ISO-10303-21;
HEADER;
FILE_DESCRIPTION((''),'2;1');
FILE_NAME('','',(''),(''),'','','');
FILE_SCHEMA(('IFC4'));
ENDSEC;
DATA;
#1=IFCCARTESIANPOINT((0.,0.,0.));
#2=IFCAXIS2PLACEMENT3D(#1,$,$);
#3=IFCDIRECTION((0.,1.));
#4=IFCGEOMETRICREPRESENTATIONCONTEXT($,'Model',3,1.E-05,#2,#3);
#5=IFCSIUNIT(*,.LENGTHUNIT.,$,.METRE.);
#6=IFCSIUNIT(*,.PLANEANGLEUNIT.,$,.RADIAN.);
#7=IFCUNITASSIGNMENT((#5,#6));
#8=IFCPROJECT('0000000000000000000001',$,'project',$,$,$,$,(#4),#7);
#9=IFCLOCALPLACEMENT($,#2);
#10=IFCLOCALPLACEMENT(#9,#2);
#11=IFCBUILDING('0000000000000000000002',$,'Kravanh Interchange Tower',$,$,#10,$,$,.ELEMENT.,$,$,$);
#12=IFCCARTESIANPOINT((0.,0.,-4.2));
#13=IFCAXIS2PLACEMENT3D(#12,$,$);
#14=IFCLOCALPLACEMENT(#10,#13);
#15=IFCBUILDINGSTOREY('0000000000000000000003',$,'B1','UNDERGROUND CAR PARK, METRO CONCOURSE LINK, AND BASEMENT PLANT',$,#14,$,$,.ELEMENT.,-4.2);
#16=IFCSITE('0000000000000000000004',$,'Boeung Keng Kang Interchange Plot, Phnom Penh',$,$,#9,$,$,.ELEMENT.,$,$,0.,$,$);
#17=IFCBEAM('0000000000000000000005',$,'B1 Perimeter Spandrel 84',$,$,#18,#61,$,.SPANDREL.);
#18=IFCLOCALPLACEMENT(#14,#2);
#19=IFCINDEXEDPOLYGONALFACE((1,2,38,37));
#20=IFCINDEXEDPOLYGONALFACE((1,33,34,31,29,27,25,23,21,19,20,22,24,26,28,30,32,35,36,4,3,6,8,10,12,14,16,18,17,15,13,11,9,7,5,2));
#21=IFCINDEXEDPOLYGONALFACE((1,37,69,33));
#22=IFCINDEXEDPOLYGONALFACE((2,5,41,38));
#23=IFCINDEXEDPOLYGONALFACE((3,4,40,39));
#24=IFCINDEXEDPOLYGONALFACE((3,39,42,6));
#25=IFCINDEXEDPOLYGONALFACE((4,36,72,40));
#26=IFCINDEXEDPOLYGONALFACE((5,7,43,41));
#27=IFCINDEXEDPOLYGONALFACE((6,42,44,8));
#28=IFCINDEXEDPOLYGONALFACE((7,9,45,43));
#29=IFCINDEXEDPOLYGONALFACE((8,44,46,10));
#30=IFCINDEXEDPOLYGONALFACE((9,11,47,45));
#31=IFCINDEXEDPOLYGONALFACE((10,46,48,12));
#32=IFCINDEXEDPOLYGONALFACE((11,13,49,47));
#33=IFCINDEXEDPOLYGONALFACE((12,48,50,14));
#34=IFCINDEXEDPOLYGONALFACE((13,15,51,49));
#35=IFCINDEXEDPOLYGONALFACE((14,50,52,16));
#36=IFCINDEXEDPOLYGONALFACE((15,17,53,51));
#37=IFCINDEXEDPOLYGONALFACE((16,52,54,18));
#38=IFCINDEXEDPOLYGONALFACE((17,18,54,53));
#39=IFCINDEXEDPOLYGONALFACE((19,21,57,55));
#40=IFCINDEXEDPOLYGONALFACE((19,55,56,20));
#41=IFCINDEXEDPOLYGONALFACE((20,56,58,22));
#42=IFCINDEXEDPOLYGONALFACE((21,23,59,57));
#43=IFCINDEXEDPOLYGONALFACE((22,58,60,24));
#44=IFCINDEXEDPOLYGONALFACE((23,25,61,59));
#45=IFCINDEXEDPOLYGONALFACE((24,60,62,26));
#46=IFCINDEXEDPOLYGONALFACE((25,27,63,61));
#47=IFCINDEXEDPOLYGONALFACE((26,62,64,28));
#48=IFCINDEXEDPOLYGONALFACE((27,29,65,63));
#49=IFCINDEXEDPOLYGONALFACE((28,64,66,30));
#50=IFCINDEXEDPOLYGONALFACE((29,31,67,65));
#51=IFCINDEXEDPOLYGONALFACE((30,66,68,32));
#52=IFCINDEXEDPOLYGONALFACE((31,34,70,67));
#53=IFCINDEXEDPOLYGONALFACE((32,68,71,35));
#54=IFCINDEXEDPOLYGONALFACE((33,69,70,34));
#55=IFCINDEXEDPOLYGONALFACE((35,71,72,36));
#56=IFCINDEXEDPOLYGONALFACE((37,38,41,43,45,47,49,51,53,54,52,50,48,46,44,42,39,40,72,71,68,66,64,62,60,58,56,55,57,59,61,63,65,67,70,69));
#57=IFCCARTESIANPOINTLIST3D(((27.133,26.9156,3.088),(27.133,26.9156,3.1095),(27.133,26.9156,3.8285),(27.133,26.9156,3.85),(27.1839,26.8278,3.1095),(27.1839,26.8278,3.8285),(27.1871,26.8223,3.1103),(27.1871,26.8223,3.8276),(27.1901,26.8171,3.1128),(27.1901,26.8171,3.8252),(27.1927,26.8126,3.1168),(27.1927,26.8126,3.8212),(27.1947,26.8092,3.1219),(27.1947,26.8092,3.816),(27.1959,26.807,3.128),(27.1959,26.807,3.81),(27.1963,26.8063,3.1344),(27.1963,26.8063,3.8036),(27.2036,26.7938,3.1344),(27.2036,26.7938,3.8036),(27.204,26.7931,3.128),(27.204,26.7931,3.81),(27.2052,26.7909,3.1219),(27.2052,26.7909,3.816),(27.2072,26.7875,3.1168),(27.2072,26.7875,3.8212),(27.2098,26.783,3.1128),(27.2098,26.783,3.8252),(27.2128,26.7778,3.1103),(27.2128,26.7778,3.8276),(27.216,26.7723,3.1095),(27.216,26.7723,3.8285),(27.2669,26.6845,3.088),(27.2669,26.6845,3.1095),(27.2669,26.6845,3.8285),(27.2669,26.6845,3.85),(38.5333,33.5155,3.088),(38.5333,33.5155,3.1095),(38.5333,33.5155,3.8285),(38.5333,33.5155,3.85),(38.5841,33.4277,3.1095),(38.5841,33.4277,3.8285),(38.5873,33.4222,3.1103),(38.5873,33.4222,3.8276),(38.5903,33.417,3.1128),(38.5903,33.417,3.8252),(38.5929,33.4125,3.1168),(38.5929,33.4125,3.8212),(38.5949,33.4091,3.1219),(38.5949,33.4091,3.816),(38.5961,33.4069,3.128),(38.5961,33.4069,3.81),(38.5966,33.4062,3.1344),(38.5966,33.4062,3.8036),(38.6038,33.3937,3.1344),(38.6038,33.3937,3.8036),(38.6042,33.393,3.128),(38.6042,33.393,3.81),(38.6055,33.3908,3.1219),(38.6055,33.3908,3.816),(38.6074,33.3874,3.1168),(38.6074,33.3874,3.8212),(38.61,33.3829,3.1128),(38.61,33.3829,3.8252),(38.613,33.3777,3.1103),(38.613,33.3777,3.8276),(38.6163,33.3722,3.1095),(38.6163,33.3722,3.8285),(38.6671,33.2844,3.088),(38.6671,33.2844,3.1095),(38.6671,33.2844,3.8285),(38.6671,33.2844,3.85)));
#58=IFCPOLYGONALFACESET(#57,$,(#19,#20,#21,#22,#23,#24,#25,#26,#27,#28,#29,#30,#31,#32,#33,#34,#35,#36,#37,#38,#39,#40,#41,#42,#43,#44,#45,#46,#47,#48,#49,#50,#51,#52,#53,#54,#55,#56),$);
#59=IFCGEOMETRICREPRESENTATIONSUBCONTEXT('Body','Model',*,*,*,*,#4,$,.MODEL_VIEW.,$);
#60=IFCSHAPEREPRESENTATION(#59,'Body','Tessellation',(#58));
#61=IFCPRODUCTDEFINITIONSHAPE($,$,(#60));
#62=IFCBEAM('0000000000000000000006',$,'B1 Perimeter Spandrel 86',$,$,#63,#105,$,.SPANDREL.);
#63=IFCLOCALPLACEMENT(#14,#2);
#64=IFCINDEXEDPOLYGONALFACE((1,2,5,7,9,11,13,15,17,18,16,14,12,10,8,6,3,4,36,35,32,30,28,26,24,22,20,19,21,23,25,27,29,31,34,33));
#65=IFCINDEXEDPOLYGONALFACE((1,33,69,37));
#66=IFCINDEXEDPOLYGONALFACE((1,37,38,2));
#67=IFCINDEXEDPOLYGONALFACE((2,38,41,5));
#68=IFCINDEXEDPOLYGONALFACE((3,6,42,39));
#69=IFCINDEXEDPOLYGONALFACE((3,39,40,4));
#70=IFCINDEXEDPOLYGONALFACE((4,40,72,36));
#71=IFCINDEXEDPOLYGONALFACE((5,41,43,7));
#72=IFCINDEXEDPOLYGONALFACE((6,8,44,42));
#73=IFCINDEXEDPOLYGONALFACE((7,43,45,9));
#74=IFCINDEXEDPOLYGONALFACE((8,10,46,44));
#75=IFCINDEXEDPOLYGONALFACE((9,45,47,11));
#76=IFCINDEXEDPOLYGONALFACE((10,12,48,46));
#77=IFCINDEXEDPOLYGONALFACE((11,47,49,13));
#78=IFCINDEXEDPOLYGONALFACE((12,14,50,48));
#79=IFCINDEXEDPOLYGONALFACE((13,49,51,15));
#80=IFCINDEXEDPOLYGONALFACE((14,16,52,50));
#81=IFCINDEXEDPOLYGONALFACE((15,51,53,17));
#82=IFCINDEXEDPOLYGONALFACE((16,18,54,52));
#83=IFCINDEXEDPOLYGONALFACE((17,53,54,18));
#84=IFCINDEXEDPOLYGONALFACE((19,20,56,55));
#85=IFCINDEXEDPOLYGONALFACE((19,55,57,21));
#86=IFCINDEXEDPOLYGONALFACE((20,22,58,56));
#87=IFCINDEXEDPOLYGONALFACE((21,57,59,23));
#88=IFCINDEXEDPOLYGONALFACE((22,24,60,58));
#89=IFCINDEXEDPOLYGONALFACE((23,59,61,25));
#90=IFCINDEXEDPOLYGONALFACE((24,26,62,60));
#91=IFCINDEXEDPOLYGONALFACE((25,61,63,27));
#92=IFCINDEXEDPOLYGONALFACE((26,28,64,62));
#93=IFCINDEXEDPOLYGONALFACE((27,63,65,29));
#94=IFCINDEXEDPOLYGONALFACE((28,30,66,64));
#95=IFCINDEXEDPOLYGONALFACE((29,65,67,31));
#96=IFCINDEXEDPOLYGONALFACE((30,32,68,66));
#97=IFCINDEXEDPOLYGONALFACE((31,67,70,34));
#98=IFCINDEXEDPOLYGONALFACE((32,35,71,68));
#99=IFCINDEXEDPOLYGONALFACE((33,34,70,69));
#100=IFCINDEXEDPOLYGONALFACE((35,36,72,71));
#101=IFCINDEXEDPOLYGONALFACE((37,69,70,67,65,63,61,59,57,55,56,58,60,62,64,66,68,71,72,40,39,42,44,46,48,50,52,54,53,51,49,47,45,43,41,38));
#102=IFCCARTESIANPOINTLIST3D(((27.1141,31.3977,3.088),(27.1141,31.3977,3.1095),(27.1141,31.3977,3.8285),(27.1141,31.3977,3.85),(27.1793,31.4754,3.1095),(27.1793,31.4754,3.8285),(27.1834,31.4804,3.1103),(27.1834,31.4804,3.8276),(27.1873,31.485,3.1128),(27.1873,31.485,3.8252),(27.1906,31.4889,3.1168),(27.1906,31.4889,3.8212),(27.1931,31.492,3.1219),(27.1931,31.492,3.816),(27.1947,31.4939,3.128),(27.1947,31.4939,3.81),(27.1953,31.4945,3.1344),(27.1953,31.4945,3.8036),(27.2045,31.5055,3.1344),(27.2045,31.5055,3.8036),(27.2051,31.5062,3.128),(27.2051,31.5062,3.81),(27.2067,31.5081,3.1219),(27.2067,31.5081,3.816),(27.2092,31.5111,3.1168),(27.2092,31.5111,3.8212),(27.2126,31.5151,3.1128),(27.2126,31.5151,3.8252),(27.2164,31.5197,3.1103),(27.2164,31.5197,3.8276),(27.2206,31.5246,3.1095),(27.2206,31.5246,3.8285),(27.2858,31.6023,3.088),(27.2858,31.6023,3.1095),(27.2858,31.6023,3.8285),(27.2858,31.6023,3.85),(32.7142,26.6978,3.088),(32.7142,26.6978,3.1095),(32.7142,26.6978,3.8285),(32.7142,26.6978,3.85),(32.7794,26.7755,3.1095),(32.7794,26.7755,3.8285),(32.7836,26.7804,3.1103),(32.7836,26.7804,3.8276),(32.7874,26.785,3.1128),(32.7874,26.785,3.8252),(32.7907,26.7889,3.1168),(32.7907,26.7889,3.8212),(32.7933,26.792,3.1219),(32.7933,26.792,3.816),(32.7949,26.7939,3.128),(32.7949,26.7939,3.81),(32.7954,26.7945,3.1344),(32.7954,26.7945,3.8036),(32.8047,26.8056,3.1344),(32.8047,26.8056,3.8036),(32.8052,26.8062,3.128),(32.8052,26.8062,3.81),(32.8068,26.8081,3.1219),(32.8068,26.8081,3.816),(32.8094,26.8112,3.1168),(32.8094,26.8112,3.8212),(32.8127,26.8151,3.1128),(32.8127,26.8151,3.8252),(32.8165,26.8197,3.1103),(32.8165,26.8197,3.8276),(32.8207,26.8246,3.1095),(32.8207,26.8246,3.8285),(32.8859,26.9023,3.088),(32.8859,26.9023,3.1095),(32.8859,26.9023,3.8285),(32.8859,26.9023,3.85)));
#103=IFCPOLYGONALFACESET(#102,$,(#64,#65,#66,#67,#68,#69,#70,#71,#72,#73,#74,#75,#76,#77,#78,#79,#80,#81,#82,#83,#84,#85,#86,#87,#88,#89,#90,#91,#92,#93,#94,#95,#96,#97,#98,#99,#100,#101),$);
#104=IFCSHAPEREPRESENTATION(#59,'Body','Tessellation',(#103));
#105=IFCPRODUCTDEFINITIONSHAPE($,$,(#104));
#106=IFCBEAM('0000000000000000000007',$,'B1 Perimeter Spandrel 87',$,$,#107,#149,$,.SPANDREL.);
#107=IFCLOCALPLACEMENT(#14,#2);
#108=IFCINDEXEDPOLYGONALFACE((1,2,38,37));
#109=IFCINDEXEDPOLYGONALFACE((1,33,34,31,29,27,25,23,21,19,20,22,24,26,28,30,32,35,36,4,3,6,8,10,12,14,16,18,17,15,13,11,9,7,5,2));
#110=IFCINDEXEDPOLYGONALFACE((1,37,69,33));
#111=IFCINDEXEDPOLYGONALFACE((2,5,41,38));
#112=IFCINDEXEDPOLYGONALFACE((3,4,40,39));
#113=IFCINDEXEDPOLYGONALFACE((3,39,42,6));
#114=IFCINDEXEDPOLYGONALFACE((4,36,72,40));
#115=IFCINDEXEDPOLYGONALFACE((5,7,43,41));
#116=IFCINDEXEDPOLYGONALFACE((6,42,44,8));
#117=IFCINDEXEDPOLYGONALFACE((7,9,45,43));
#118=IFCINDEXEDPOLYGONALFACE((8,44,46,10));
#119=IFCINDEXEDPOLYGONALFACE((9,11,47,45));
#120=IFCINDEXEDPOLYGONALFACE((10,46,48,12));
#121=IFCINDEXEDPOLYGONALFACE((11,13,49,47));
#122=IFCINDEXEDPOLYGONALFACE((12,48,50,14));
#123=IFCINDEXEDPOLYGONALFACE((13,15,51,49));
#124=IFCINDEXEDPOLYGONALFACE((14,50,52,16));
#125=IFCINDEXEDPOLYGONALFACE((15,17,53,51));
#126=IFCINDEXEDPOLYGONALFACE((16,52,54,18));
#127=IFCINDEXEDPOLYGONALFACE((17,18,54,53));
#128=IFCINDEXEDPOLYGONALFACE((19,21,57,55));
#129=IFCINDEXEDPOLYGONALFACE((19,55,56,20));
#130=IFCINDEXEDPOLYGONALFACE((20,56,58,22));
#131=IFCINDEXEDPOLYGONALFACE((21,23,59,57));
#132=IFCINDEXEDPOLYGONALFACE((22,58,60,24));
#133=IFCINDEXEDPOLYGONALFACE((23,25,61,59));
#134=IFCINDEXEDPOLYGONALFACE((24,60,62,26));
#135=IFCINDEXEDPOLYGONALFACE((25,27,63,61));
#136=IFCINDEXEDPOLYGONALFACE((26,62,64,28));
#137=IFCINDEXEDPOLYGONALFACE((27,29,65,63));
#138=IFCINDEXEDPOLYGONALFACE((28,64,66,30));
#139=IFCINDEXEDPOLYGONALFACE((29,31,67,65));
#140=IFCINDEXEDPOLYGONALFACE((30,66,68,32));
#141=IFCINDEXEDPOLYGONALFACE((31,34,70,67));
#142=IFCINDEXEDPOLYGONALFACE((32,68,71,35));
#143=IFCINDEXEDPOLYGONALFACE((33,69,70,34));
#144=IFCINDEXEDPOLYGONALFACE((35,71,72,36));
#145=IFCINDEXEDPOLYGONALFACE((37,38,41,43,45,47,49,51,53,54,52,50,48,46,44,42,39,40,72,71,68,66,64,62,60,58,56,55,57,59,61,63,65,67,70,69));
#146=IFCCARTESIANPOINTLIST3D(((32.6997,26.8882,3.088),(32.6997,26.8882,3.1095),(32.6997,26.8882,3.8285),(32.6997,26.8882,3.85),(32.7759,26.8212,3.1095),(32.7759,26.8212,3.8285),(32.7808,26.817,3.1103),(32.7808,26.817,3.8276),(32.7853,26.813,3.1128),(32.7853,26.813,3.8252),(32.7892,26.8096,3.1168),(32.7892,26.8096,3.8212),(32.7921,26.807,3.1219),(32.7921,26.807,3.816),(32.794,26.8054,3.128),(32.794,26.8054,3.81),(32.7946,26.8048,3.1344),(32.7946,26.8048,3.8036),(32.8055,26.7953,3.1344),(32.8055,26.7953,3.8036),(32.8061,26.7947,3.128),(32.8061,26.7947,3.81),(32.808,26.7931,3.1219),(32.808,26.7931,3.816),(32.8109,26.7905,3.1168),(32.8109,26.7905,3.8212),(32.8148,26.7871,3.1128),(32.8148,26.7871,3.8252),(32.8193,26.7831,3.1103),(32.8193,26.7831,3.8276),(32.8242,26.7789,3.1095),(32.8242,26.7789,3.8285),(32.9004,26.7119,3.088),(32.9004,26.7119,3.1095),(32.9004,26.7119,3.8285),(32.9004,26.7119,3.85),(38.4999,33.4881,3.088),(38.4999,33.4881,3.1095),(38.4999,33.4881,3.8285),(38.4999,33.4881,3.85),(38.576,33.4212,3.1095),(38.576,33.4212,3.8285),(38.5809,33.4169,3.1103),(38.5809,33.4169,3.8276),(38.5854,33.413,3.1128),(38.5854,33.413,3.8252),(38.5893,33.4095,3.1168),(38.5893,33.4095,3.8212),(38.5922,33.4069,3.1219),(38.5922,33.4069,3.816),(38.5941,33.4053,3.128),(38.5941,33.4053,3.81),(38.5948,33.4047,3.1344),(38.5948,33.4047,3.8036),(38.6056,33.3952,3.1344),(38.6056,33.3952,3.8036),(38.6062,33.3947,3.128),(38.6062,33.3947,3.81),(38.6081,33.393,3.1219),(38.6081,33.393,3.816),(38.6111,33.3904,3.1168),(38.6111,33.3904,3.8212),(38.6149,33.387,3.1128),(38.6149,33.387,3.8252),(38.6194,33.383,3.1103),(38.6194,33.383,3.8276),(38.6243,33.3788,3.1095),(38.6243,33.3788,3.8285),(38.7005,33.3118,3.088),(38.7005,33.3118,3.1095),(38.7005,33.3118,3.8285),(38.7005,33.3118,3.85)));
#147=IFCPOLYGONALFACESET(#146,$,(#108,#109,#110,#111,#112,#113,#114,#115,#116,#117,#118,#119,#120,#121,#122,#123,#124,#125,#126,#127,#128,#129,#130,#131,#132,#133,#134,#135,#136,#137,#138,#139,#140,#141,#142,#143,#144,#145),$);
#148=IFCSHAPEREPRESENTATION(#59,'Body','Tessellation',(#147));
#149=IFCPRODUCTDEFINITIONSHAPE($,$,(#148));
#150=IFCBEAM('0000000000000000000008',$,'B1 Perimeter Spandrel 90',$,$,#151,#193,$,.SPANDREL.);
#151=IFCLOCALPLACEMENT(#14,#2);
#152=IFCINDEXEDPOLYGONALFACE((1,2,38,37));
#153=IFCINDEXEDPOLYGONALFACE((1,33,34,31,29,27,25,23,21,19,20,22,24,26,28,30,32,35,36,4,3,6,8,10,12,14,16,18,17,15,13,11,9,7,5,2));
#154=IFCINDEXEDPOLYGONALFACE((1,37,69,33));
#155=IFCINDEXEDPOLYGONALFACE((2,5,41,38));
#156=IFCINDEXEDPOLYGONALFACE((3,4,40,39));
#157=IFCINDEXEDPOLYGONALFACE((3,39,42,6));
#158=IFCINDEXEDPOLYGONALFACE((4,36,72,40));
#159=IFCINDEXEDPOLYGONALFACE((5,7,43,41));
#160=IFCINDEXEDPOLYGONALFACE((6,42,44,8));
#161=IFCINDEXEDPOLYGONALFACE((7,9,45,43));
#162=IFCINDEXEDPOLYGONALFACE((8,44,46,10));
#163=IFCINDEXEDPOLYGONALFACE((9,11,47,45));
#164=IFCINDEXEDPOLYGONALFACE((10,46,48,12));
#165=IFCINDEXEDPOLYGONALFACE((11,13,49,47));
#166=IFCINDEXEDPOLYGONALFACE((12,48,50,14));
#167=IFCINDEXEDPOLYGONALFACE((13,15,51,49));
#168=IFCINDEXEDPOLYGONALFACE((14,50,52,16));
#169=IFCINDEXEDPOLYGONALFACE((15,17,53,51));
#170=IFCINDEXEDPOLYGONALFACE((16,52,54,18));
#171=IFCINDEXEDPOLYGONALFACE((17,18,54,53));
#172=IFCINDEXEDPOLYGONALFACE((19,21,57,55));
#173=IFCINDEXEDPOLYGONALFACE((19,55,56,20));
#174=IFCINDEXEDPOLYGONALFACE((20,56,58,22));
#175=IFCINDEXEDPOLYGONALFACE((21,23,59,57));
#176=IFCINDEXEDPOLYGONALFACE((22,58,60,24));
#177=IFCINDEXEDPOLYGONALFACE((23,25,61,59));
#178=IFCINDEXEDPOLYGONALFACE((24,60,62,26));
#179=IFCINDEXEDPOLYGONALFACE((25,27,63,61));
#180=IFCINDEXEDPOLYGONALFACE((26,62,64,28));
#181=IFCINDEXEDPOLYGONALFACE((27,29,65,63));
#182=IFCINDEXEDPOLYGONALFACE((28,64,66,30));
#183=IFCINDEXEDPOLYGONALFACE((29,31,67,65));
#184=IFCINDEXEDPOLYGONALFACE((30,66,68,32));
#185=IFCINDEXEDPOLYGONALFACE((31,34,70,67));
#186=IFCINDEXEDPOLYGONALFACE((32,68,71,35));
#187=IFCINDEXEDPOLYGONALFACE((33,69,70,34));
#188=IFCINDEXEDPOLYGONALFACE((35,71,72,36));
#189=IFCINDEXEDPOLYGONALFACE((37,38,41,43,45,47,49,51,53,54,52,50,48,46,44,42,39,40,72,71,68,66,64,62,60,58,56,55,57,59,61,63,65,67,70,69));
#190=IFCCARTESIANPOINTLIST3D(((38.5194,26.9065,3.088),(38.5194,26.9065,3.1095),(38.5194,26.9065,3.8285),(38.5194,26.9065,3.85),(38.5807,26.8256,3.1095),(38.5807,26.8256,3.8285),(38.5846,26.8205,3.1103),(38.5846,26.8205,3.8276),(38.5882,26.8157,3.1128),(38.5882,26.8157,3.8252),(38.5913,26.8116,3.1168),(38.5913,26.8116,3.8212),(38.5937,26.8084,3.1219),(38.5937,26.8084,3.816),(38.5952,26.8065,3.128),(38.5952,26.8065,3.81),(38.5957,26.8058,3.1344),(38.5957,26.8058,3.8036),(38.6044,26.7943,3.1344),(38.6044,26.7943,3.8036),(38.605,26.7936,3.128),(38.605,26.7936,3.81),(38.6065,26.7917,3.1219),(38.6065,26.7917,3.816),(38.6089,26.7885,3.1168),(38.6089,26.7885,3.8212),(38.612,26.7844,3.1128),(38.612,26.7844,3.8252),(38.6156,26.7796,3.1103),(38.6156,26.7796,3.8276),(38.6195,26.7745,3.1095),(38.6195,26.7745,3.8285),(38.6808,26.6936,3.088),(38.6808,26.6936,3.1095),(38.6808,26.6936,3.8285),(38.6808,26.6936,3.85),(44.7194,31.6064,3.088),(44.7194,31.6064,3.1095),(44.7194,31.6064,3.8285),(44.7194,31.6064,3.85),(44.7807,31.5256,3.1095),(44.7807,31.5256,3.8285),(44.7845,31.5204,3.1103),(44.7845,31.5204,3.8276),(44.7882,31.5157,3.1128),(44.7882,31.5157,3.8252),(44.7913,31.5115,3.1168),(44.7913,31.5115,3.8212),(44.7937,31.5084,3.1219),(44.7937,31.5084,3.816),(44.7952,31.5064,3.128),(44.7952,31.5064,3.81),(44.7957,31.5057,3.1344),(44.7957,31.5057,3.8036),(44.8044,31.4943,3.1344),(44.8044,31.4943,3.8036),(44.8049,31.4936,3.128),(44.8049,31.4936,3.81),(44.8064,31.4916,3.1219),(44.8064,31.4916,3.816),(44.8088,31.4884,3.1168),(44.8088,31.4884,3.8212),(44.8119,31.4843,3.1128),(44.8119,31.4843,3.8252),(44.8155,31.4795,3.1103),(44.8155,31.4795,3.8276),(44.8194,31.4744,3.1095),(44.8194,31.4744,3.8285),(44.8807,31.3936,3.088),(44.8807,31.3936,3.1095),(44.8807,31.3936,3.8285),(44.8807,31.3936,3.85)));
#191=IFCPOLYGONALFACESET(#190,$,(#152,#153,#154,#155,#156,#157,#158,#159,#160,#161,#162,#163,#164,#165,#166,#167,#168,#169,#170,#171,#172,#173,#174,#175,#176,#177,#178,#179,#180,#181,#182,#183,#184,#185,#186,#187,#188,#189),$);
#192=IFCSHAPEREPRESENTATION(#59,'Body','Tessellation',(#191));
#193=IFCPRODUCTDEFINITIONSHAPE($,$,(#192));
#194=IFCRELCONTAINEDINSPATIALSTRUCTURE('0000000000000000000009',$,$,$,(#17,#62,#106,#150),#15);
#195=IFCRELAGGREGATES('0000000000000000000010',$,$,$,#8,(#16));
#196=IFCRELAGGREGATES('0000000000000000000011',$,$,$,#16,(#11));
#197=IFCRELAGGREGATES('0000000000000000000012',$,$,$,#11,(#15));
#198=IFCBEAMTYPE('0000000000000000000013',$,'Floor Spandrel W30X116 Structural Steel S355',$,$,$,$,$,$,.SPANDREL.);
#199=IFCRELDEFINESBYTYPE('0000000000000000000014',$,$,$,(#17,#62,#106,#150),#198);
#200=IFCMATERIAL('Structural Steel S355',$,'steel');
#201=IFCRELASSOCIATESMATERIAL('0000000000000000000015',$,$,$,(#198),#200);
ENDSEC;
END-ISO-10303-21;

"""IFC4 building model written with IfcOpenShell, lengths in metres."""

from ifc_helpers import new_model, si_unit, direction, frame, origin, origin_2d, place, context, subcontext, project, spatial, i_section, extrude, material, material_profile, profile_set, type_object, element, save


model = new_model("IFC4")

# Units and contexts
model_context = context("Model", 3, precision=1e-05, world=origin(), true_north=direction((0.0, 1.0)))
body_context = subcontext(model_context, "Body", "Model", "MODEL_VIEW")
ifc_project = project(units=[si_unit("LENGTHUNIT", "METRE"), si_unit("PLANEANGLEUNIT", "RADIAN")], contexts=[model_context])

# Site, building, storey
site_placement = place(None, origin())
site = spatial("IfcSite", under=ifc_project, at=site_placement, Name="Boeung Keng Kang Interchange Plot, Phnom Penh", CompositionType="ELEMENT", RefElevation=0.0)
building_placement = place(site_placement, origin())
building = spatial("IfcBuilding", under=site, at=building_placement, Name="Kravanh Interchange Tower", CompositionType="ELEMENT")
storey_placement = place(building_placement, frame((0.0, 0.0, -4.2)))
storey = spatial("IfcBuildingStorey", under=building, at=storey_placement, Name="B1", Description="UNDERGROUND CAR PARK, METRO CONCOURSE LINK, AND BASEMENT PLANT", CompositionType="ELEMENT", Elevation=-4.2)

# Beams
ifc_material_1 = material(Name="Structural Steel S355", Category="steel")
ifc_material_profile_1 = material_profile(ifc_material_1, i_section(OverallWidth=0.2671, OverallDepth=0.762, WebThickness=0.0144, FlangeThickness=0.0215, FilletRadius=0.0249, at=origin_2d()), Name="W30X116")
ifc_profile_set_1 = profile_set([ifc_material_profile_1], Name="Structural Steel S355")
beam_type_1 = type_object("IfcBeamType", Name="Floor Spandrel W30X116 Structural Steel S355", PredefinedType="SPANDREL", material=ifc_profile_set_1)
beam_1_placement = place(storey_placement, frame((27.2, 26.8, 3.469), z_axis=(0.865434, 0.501023, 0.0), x_axis=(-0.501023, 0.865434, 0.0)))
element("IfcBeam", 1, at=beam_1_placement, inside=storey, type_object=beam_type_1, Name="B1 Perimeter Spandrel 84", PredefinedType="SPANDREL", context=body_context, shape_type="SweptSolid", body=[
    extrude(i_section(OverallWidth=0.2671, OverallDepth=0.762, WebThickness=0.0144, FlangeThickness=0.0215, FilletRadius=0.0249, at=origin_2d()), origin(), (0.0, 0.0, 1.0), 13.1729),
])
beam_2_placement = place(storey_placement, frame((32.8, 26.8, 3.469), z_axis=(-0.765983, 0.642861, 0.0), x_axis=(-0.642861, -0.765983, 0.0)))
element("IfcBeam", 2, at=beam_2_placement, inside=storey, type_object=beam_type_1, Name="B1 Perimeter Spandrel 86", PredefinedType="SPANDREL", context=body_context, shape_type="SweptSolid", body=[
    extrude(i_section(OverallWidth=0.2671, OverallDepth=0.762, WebThickness=0.0144, FlangeThickness=0.0215, FilletRadius=0.0249, at=origin_2d()), origin(), (0.0, 0.0, 1.0), 7.311),
])
beam_3_placement = place(storey_placement, frame((32.8, 26.8, 3.469), z_axis=(0.660126, 0.751155, 0.0), x_axis=(-0.751155, 0.660126, 0.0)))
element("IfcBeam", 3, at=beam_3_placement, inside=storey, type_object=beam_type_1, Name="B1 Perimeter Spandrel 87", PredefinedType="SPANDREL", context=body_context, shape_type="SweptSolid", body=[
    extrude(i_section(OverallWidth=0.2671, OverallDepth=0.762, WebThickness=0.0144, FlangeThickness=0.0215, FilletRadius=0.0249, at=origin_2d()), origin(), (0.0, 0.0, 1.0), 8.7864),
])
beam_4_placement = place(storey_placement, frame((38.6001, 26.8, 3.469), z_axis=(0.796905, 0.604104, 0.0), x_axis=(-0.604104, 0.796905, 0.0)))
element("IfcBeam", 4, at=beam_4_placement, inside=storey, type_object=beam_type_1, Name="B1 Perimeter Spandrel 90", PredefinedType="SPANDREL", context=body_context, shape_type="SweptSolid", body=[
    extrude(i_section(OverallWidth=0.2671, OverallDepth=0.762, WebThickness=0.0144, FlangeThickness=0.0215, FilletRadius=0.0249, at=origin_2d()), origin(), (0.0, 0.0, 1.0), 7.78),
])

save(model, "model.ifc")
